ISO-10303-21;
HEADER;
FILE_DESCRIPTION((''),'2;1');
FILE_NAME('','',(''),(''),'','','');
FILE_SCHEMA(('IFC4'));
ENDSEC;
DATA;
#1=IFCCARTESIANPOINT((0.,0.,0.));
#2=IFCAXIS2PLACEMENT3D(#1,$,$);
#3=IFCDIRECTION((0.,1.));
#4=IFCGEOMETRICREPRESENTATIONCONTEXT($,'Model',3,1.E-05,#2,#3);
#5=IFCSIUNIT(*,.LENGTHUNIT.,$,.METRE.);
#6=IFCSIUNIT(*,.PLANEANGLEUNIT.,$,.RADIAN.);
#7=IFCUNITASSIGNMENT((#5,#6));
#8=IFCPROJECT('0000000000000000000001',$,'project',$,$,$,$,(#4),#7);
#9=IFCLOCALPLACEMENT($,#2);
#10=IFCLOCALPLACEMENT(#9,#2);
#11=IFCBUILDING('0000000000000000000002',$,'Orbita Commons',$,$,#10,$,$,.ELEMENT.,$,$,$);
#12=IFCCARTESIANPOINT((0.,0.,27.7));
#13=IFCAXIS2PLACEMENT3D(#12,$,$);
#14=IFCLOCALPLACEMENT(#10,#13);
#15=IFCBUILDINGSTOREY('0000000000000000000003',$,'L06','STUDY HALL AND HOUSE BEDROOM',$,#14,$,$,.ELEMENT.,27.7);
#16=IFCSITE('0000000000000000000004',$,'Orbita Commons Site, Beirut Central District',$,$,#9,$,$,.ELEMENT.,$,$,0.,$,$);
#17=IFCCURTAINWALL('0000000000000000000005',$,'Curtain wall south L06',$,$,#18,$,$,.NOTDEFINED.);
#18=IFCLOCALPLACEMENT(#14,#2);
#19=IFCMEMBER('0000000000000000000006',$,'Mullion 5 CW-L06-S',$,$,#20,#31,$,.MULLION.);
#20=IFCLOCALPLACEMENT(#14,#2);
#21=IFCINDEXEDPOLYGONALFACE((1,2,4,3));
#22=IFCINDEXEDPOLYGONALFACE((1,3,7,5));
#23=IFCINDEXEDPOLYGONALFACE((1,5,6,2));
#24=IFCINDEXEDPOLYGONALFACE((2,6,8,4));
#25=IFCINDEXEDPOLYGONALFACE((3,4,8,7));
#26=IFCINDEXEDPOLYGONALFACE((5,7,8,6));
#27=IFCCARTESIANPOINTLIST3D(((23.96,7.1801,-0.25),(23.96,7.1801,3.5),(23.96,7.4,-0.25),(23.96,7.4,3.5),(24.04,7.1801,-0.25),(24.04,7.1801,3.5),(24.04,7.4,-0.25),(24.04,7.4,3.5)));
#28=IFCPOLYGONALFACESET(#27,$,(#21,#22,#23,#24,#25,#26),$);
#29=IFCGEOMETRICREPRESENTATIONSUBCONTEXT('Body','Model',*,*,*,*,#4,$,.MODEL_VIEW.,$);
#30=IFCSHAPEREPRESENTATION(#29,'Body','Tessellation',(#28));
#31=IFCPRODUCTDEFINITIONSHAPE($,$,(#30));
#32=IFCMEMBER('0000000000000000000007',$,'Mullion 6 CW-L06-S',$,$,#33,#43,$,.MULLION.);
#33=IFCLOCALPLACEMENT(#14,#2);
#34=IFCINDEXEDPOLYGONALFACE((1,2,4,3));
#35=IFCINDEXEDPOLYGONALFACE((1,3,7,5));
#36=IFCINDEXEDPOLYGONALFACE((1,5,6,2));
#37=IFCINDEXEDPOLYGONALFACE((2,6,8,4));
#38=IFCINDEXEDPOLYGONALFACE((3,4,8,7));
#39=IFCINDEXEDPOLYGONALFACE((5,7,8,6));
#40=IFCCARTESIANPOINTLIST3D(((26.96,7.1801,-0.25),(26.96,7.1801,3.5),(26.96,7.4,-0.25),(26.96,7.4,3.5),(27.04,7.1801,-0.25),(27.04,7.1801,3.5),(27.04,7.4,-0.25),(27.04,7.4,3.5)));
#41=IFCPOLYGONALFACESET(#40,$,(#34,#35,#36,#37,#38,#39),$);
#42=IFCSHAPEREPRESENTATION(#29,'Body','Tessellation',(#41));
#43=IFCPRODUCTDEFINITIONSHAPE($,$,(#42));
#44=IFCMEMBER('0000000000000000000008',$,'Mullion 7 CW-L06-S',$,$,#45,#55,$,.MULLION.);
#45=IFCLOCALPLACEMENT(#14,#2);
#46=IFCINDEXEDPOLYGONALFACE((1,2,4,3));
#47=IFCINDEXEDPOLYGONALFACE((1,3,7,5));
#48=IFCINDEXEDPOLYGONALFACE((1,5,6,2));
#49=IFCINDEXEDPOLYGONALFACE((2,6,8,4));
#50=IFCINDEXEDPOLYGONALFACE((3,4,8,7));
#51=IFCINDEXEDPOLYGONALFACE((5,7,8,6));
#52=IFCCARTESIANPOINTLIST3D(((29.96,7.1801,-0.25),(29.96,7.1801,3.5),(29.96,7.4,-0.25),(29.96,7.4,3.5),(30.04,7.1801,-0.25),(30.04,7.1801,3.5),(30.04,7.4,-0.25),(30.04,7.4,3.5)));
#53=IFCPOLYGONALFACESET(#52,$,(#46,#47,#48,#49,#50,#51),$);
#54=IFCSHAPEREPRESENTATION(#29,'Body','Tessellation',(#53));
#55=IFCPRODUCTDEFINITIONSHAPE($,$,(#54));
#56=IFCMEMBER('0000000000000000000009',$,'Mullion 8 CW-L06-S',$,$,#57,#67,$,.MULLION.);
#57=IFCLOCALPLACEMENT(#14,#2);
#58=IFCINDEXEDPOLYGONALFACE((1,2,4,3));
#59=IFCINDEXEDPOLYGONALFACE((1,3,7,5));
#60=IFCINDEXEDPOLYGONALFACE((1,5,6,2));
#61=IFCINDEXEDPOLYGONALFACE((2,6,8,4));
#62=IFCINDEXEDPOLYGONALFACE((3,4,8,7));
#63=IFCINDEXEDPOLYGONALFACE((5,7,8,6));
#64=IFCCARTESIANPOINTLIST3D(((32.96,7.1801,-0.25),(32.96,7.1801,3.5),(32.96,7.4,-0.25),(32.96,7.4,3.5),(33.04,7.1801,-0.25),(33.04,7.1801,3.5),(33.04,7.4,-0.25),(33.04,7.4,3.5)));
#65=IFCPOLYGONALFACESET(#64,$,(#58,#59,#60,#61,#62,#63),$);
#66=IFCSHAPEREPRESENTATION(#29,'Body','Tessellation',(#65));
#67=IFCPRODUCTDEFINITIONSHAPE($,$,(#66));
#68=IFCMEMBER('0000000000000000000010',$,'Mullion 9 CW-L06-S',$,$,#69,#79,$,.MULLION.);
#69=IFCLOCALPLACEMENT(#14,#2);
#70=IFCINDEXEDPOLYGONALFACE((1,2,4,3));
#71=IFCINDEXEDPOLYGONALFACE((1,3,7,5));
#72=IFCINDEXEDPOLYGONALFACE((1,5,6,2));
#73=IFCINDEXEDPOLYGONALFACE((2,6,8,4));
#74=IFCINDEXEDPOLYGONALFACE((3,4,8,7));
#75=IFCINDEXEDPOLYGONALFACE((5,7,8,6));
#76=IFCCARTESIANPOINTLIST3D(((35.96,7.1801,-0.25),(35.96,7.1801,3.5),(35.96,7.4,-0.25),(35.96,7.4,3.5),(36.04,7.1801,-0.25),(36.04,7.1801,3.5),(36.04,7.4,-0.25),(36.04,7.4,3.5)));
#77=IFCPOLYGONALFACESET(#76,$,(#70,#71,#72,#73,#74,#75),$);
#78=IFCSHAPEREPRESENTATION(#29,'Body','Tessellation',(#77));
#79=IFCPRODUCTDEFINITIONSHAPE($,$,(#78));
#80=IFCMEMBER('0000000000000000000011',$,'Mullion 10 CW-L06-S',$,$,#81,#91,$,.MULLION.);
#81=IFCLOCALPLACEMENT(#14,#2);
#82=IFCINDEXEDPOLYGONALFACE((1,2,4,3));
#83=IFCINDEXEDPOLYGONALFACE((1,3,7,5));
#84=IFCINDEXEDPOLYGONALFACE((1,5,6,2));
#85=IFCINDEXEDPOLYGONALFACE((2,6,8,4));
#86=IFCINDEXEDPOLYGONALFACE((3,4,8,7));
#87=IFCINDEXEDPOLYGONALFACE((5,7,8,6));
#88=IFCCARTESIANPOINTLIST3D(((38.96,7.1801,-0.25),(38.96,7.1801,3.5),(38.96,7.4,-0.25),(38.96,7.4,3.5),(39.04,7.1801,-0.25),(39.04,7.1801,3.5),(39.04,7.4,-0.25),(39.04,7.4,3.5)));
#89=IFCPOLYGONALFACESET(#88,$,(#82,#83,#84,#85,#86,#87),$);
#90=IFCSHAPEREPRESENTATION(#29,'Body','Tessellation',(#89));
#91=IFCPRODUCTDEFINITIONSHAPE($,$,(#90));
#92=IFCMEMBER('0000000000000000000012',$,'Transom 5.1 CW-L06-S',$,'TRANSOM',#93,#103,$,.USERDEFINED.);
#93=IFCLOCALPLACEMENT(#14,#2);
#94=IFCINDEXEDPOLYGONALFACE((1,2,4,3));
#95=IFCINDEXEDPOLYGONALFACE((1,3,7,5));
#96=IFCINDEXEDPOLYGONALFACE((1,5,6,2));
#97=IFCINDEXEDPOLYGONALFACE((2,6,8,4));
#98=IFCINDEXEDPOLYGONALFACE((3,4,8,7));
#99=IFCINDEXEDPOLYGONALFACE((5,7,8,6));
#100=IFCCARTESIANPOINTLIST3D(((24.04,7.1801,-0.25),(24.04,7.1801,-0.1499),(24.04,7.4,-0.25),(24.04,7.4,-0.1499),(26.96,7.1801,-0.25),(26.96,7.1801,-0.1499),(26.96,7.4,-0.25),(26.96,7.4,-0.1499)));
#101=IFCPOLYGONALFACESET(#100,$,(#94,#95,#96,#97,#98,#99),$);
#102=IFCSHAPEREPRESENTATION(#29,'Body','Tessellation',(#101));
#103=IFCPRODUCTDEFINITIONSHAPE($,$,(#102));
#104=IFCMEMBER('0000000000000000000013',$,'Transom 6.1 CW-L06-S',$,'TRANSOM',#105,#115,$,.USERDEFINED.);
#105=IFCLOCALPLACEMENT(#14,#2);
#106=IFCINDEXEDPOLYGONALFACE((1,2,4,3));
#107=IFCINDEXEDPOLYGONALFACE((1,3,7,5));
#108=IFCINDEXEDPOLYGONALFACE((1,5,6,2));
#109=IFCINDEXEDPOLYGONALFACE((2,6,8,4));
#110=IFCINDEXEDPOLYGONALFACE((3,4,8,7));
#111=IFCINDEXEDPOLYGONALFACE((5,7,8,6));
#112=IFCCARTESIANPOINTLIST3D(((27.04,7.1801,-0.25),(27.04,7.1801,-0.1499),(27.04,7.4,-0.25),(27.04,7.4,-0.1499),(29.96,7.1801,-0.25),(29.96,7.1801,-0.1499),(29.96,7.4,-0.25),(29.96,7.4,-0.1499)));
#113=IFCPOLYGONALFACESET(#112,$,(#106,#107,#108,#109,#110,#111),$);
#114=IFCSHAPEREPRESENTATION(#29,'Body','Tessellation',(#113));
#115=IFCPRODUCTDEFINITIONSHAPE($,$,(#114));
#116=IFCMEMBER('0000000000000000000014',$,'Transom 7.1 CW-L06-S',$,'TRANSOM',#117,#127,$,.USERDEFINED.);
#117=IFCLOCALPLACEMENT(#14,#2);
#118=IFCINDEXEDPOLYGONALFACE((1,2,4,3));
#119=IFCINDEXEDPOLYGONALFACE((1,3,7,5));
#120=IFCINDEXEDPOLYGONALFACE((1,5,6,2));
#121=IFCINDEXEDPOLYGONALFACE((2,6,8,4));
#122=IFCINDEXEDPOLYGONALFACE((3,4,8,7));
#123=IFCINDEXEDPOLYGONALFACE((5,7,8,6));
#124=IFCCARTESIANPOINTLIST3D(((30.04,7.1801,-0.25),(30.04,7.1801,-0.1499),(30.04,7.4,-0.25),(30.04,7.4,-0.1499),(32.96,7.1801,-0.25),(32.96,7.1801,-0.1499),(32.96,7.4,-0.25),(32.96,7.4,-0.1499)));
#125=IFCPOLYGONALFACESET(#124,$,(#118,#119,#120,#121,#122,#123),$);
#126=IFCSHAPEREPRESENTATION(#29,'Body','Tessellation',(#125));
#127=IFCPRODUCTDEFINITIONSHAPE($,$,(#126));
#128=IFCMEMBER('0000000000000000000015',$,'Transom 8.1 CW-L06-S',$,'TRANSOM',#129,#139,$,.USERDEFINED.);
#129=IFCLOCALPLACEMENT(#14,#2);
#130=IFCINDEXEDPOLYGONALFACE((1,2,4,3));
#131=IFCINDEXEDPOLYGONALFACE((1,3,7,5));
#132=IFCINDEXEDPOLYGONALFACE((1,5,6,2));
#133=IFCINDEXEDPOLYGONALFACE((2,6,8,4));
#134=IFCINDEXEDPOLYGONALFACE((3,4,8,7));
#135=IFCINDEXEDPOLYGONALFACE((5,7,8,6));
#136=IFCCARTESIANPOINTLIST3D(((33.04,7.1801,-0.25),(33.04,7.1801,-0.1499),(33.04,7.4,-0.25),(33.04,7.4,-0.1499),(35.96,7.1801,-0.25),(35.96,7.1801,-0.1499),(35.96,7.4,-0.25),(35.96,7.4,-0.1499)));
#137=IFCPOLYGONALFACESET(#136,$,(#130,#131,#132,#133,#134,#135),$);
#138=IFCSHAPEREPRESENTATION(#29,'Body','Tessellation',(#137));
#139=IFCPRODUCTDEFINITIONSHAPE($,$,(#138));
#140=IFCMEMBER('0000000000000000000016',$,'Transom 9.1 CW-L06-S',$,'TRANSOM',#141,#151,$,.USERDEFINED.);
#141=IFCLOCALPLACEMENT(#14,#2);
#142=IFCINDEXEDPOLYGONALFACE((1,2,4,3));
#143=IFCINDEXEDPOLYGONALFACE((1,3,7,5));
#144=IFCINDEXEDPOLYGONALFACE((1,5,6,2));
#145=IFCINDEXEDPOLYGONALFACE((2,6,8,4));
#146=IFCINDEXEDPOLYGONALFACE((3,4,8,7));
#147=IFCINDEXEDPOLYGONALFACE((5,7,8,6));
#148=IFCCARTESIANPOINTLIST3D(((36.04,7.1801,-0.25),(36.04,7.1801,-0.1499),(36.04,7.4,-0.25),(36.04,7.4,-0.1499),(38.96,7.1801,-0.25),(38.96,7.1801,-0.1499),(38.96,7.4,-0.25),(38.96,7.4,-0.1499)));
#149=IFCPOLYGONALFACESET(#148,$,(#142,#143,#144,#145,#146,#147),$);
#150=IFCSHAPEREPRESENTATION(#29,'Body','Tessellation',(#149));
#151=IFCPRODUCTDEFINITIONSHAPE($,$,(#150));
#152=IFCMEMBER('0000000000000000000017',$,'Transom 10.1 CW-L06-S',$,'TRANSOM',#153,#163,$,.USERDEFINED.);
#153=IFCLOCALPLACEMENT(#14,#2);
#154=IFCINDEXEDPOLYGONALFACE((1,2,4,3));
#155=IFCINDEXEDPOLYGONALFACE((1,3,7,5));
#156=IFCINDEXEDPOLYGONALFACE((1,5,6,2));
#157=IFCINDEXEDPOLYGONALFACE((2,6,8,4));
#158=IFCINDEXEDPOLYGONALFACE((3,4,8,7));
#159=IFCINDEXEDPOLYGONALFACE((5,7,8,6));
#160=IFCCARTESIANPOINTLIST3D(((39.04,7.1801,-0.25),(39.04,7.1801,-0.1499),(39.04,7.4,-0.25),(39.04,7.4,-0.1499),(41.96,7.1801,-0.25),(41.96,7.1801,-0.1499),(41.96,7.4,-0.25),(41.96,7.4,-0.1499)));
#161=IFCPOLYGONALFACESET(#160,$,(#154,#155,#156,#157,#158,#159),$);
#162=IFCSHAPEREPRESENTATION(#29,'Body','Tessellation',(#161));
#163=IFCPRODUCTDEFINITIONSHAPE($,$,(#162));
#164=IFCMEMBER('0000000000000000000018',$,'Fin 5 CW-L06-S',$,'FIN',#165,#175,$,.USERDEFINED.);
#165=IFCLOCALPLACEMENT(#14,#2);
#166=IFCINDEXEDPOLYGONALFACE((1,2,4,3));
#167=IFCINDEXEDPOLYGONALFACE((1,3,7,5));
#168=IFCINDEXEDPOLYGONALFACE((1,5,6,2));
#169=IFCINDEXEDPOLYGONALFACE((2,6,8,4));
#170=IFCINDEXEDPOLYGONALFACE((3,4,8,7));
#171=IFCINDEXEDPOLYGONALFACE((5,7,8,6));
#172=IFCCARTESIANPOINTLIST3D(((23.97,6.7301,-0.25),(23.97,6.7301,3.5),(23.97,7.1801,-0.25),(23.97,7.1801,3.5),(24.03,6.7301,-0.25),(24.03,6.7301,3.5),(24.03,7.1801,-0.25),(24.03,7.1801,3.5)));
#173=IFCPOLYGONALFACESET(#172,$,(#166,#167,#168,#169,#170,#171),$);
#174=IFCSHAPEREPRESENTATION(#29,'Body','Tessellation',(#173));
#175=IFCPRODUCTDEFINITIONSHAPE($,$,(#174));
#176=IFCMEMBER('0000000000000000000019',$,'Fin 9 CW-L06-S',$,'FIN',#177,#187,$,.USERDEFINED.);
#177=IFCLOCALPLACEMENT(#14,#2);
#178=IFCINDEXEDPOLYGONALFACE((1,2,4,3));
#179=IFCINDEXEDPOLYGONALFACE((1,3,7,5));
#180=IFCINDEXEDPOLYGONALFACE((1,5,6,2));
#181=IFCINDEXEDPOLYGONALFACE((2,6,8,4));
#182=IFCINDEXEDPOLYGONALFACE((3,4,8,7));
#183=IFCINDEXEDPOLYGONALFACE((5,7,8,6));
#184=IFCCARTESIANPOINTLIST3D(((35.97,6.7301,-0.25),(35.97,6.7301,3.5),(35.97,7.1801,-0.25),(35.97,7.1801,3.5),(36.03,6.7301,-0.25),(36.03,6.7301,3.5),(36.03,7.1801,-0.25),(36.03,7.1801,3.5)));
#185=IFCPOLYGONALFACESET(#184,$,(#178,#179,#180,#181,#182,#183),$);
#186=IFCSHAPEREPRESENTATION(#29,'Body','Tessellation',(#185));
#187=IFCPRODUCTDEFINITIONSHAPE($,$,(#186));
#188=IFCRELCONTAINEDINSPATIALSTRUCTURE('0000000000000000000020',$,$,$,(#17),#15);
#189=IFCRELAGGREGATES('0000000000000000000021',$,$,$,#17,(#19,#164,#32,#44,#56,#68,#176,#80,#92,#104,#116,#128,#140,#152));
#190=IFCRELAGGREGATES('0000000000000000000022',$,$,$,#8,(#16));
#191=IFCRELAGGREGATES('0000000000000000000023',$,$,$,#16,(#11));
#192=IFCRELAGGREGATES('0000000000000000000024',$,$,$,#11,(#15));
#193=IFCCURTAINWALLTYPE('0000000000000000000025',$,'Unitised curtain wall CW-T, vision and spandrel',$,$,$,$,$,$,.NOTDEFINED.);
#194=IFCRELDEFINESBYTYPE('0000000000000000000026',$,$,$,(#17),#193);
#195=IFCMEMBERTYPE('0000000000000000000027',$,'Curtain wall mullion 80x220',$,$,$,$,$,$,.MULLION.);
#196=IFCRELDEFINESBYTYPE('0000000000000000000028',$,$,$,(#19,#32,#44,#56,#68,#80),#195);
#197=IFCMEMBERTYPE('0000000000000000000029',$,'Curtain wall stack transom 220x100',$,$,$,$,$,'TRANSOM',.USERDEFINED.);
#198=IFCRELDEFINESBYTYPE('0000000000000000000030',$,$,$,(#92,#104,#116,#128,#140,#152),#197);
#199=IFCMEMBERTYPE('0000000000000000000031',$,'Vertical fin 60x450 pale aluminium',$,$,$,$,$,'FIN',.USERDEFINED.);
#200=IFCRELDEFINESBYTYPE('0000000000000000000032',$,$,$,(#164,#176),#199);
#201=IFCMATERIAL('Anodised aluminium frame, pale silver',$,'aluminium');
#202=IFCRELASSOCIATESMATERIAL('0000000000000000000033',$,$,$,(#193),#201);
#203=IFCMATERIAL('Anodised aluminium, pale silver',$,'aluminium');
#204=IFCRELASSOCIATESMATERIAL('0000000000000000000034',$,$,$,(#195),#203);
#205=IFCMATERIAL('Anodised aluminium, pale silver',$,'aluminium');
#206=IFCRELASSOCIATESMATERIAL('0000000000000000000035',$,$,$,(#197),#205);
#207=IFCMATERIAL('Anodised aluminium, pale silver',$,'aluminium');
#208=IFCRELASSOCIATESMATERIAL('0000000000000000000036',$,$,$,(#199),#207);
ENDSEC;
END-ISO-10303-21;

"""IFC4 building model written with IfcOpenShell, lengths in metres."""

from ifc_helpers import new_model, si_unit, direction, frame, origin, origin_2d, place, context, subcontext, project, spatial, rectangle, extrude, material, material_profile, profile_set, type_object, element, aggregate, save


model = new_model("IFC4")

# Units and contexts
model_context = context("Model", 3, precision=1e-05, world=origin(), true_north=direction((0.0, 1.0)))
body_context = subcontext(model_context, "Body", "Model", "MODEL_VIEW")
ifc_project = project(units=[si_unit("LENGTHUNIT", "METRE"), si_unit("PLANEANGLEUNIT", "RADIAN")], contexts=[model_context])

# Site, building, storey
site_placement = place(None, origin())
site = spatial("IfcSite", under=ifc_project, at=site_placement, Name="Orbita Commons Site, Beirut Central District", CompositionType="ELEMENT", RefElevation=0.0)
building_placement = place(site_placement, origin())
building = spatial("IfcBuilding", under=site, at=building_placement, Name="Orbita Commons", CompositionType="ELEMENT")
storey_placement = place(building_placement, frame((0.0, 0.0, 27.7)))
storey = spatial("IfcBuildingStorey", under=building, at=storey_placement, Name="L06", Description="STUDY HALL AND HOUSE BEDROOM", CompositionType="ELEMENT", Elevation=27.7)

# Curtain wall, members
ifc_material_1 = material(Name="Anodised aluminium frame, pale silver", Category="aluminium")
curtain_wall_type = type_object("IfcCurtainWallType", Name="Unitised curtain wall CW-T, vision and spandrel", PredefinedType="NOTDEFINED", material=ifc_material_1)
curtain_wall_placement = place(storey_placement, origin())
curtain_wall = element("IfcCurtainWall", 1, at=curtain_wall_placement, inside=storey, type_object=curtain_wall_type, Name="Curtain wall south L06", PredefinedType="NOTDEFINED")
ifc_material_2 = material(Name="Anodised aluminium, pale silver", Category="aluminium")
ifc_material_profile_1 = material_profile(ifc_material_2, rectangle(XDim=0.0801, YDim=0.22, at=origin_2d()), Name="AL 80x220")
ifc_profile_set_1 = profile_set([ifc_material_profile_1], Name="Anodised aluminium, pale silver")
member_type_1 = type_object("IfcMemberType", Name="Curtain wall mullion 80x220", PredefinedType="MULLION", material=ifc_profile_set_1)
member_1_placement = place(storey_placement, frame((24.0, 7.29, -0.25), z_axis=(0.0, 0.0, 1.0), x_axis=(1.0, 0.0, 0.0)))
member_1 = element("IfcMember", 2, at=member_1_placement, type_object=member_type_1, Name="Mullion 5 CW-L06-S", PredefinedType="MULLION", context=body_context, shape_type="SweptSolid", body=[
    extrude(rectangle(XDim=0.0801, YDim=0.22, at=origin_2d()), origin(), (0.0, 0.0, 1.0), 3.75),
])
member_2_placement = place(storey_placement, frame((27.0, 7.29, -0.25), z_axis=(0.0, 0.0, 1.0), x_axis=(1.0, 0.0, 0.0)))
member_2 = element("IfcMember", 3, at=member_2_placement, type_object=member_type_1, Name="Mullion 6 CW-L06-S", PredefinedType="MULLION", context=body_context, shape_type="SweptSolid", body=[
    extrude(rectangle(XDim=0.0801, YDim=0.22, at=origin_2d()), origin(), (0.0, 0.0, 1.0), 3.75),
])
member_3_placement = place(storey_placement, frame((30.0, 7.29, -0.25), z_axis=(0.0, 0.0, 1.0), x_axis=(1.0, 0.0, 0.0)))
member_3 = element("IfcMember", 4, at=member_3_placement, type_object=member_type_1, Name="Mullion 7 CW-L06-S", PredefinedType="MULLION", context=body_context, shape_type="SweptSolid", body=[
    extrude(rectangle(XDim=0.0801, YDim=0.22, at=origin_2d()), origin(), (0.0, 0.0, 1.0), 3.75),
])
member_4_placement = place(storey_placement, frame((33.0, 7.29, -0.25), z_axis=(0.0, 0.0, 1.0), x_axis=(1.0, 0.0, 0.0)))
member_4 = element("IfcMember", 5, at=member_4_placement, type_object=member_type_1, Name="Mullion 8 CW-L06-S", PredefinedType="MULLION", context=body_context, shape_type="SweptSolid", body=[
    extrude(rectangle(XDim=0.0801, YDim=0.22, at=origin_2d()), origin(), (0.0, 0.0, 1.0), 3.75),
])
member_5_placement = place(storey_placement, frame((36.0, 7.29, -0.25), z_axis=(0.0, 0.0, 1.0), x_axis=(1.0, 0.0, 0.0)))
member_5 = element("IfcMember", 6, at=member_5_placement, type_object=member_type_1, Name="Mullion 9 CW-L06-S", PredefinedType="MULLION", context=body_context, shape_type="SweptSolid", body=[
    extrude(rectangle(XDim=0.0801, YDim=0.22, at=origin_2d()), origin(), (0.0, 0.0, 1.0), 3.75),
])
member_6_placement = place(storey_placement, frame((39.0, 7.29, -0.25), z_axis=(0.0, 0.0, 1.0), x_axis=(1.0, 0.0, 0.0)))
member_6 = element("IfcMember", 7, at=member_6_placement, type_object=member_type_1, Name="Mullion 10 CW-L06-S", PredefinedType="MULLION", context=body_context, shape_type="SweptSolid", body=[
    extrude(rectangle(XDim=0.0801, YDim=0.22, at=origin_2d()), origin(), (0.0, 0.0, 1.0), 3.75),
])
ifc_material_3 = material(Name="Anodised aluminium, pale silver", Category="aluminium")
ifc_material_profile_2 = material_profile(ifc_material_3, rectangle(XDim=0.22, YDim=0.1001, at=origin_2d()), Name="AL 220x100")
ifc_profile_set_2 = profile_set([ifc_material_profile_2], Name="Anodised aluminium, pale silver")
member_type_2 = type_object("IfcMemberType", Name="Curtain wall stack transom 220x100", ElementType="TRANSOM", PredefinedType="USERDEFINED", material=ifc_profile_set_2)
member_7_placement = place(storey_placement, frame((24.04, 7.29, -0.2), z_axis=(1.0, 0.0, 0.0), x_axis=(0.0, 1.0, 0.0)))
member_7 = element("IfcMember", 8, at=member_7_placement, type_object=member_type_2, Name="Transom 5.1 CW-L06-S", ObjectType="TRANSOM", PredefinedType="USERDEFINED", context=body_context, shape_type="SweptSolid", body=[
    extrude(rectangle(XDim=0.22, YDim=0.1001, at=origin_2d()), origin(), (0.0, 0.0, 1.0), 2.9199),
])
member_8_placement = place(storey_placement, frame((27.04, 7.29, -0.2), z_axis=(1.0, 0.0, 0.0), x_axis=(0.0, 1.0, 0.0)))
member_8 = element("IfcMember", 9, at=member_8_placement, type_object=member_type_2, Name="Transom 6.1 CW-L06-S", ObjectType="TRANSOM", PredefinedType="USERDEFINED", context=body_context, shape_type="SweptSolid", body=[
    extrude(rectangle(XDim=0.22, YDim=0.1001, at=origin_2d()), origin(), (0.0, 0.0, 1.0), 2.9199),
])
member_9_placement = place(storey_placement, frame((30.04, 7.29, -0.2), z_axis=(1.0, 0.0, 0.0), x_axis=(0.0, 1.0, 0.0)))
member_9 = element("IfcMember", 10, at=member_9_placement, type_object=member_type_2, Name="Transom 7.1 CW-L06-S", ObjectType="TRANSOM", PredefinedType="USERDEFINED", context=body_context, shape_type="SweptSolid", body=[
    extrude(rectangle(XDim=0.22, YDim=0.1001, at=origin_2d()), origin(), (0.0, 0.0, 1.0), 2.9199),
])
member_10_placement = place(storey_placement, frame((33.04, 7.29, -0.2), z_axis=(1.0, 0.0, 0.0), x_axis=(0.0, 1.0, 0.0)))
member_10 = element("IfcMember", 11, at=member_10_placement, type_object=member_type_2, Name="Transom 8.1 CW-L06-S", ObjectType="TRANSOM", PredefinedType="USERDEFINED", context=body_context, shape_type="SweptSolid", body=[
    extrude(rectangle(XDim=0.22, YDim=0.1001, at=origin_2d()), origin(), (0.0, 0.0, 1.0), 2.9199),
])
member_11_placement = place(storey_placement, frame((36.04, 7.29, -0.2), z_axis=(1.0, 0.0, 0.0), x_axis=(0.0, 1.0, 0.0)))
member_11 = element("IfcMember", 12, at=member_11_placement, type_object=member_type_2, Name="Transom 9.1 CW-L06-S", ObjectType="TRANSOM", PredefinedType="USERDEFINED", context=body_context, shape_type="SweptSolid", body=[
    extrude(rectangle(XDim=0.22, YDim=0.1001, at=origin_2d()), origin(), (0.0, 0.0, 1.0), 2.9199),
])
member_12_placement = place(storey_placement, frame((39.04, 7.29, -0.2), z_axis=(1.0, 0.0, 0.0), x_axis=(0.0, 1.0, 0.0)))
member_12 = element("IfcMember", 13, at=member_12_placement, type_object=member_type_2, Name="Transom 10.1 CW-L06-S", ObjectType="TRANSOM", PredefinedType="USERDEFINED", context=body_context, shape_type="SweptSolid", body=[
    extrude(rectangle(XDim=0.22, YDim=0.1001, at=origin_2d()), origin(), (0.0, 0.0, 1.0), 2.9199),
])
ifc_material_4 = material(Name="Anodised aluminium, pale silver", Category="aluminium")
ifc_material_profile_3 = material_profile(ifc_material_4, rectangle(XDim=0.0601, YDim=0.45, at=origin_2d()), Name="FIN 60x450")
ifc_profile_set_3 = profile_set([ifc_material_profile_3], Name="Anodised aluminium, pale silver")
member_type_3 = type_object("IfcMemberType", Name="Vertical fin 60x450 pale aluminium", ElementType="FIN", PredefinedType="USERDEFINED", material=ifc_profile_set_3)
member_13_placement = place(storey_placement, frame((24.0, 6.9551, -0.25), z_axis=(0.0, 0.0, 1.0), x_axis=(1.0, 0.0, 0.0)))
member_13 = element("IfcMember", 14, at=member_13_placement, type_object=member_type_3, Name="Fin 5 CW-L06-S", ObjectType="FIN", PredefinedType="USERDEFINED", context=body_context, shape_type="SweptSolid", body=[
    extrude(rectangle(XDim=0.0601, YDim=0.45, at=origin_2d()), origin(), (0.0, 0.0, 1.0), 3.75),
])
member_14_placement = place(storey_placement, frame((36.0, 6.9551, -0.25), z_axis=(0.0, 0.0, 1.0), x_axis=(1.0, 0.0, 0.0)))
member_14 = element("IfcMember", 15, at=member_14_placement, type_object=member_type_3, Name="Fin 9 CW-L06-S", ObjectType="FIN", PredefinedType="USERDEFINED", context=body_context, shape_type="SweptSolid", body=[
    extrude(rectangle(XDim=0.0601, YDim=0.45, at=origin_2d()), origin(), (0.0, 0.0, 1.0), 3.75),
])
aggregate(curtain_wall, [member_1, member_13, member_2, member_3, member_4, member_5, member_14, member_6, member_7, member_8, member_9, member_10, member_11, member_12])

save(model, "model.ifc")
